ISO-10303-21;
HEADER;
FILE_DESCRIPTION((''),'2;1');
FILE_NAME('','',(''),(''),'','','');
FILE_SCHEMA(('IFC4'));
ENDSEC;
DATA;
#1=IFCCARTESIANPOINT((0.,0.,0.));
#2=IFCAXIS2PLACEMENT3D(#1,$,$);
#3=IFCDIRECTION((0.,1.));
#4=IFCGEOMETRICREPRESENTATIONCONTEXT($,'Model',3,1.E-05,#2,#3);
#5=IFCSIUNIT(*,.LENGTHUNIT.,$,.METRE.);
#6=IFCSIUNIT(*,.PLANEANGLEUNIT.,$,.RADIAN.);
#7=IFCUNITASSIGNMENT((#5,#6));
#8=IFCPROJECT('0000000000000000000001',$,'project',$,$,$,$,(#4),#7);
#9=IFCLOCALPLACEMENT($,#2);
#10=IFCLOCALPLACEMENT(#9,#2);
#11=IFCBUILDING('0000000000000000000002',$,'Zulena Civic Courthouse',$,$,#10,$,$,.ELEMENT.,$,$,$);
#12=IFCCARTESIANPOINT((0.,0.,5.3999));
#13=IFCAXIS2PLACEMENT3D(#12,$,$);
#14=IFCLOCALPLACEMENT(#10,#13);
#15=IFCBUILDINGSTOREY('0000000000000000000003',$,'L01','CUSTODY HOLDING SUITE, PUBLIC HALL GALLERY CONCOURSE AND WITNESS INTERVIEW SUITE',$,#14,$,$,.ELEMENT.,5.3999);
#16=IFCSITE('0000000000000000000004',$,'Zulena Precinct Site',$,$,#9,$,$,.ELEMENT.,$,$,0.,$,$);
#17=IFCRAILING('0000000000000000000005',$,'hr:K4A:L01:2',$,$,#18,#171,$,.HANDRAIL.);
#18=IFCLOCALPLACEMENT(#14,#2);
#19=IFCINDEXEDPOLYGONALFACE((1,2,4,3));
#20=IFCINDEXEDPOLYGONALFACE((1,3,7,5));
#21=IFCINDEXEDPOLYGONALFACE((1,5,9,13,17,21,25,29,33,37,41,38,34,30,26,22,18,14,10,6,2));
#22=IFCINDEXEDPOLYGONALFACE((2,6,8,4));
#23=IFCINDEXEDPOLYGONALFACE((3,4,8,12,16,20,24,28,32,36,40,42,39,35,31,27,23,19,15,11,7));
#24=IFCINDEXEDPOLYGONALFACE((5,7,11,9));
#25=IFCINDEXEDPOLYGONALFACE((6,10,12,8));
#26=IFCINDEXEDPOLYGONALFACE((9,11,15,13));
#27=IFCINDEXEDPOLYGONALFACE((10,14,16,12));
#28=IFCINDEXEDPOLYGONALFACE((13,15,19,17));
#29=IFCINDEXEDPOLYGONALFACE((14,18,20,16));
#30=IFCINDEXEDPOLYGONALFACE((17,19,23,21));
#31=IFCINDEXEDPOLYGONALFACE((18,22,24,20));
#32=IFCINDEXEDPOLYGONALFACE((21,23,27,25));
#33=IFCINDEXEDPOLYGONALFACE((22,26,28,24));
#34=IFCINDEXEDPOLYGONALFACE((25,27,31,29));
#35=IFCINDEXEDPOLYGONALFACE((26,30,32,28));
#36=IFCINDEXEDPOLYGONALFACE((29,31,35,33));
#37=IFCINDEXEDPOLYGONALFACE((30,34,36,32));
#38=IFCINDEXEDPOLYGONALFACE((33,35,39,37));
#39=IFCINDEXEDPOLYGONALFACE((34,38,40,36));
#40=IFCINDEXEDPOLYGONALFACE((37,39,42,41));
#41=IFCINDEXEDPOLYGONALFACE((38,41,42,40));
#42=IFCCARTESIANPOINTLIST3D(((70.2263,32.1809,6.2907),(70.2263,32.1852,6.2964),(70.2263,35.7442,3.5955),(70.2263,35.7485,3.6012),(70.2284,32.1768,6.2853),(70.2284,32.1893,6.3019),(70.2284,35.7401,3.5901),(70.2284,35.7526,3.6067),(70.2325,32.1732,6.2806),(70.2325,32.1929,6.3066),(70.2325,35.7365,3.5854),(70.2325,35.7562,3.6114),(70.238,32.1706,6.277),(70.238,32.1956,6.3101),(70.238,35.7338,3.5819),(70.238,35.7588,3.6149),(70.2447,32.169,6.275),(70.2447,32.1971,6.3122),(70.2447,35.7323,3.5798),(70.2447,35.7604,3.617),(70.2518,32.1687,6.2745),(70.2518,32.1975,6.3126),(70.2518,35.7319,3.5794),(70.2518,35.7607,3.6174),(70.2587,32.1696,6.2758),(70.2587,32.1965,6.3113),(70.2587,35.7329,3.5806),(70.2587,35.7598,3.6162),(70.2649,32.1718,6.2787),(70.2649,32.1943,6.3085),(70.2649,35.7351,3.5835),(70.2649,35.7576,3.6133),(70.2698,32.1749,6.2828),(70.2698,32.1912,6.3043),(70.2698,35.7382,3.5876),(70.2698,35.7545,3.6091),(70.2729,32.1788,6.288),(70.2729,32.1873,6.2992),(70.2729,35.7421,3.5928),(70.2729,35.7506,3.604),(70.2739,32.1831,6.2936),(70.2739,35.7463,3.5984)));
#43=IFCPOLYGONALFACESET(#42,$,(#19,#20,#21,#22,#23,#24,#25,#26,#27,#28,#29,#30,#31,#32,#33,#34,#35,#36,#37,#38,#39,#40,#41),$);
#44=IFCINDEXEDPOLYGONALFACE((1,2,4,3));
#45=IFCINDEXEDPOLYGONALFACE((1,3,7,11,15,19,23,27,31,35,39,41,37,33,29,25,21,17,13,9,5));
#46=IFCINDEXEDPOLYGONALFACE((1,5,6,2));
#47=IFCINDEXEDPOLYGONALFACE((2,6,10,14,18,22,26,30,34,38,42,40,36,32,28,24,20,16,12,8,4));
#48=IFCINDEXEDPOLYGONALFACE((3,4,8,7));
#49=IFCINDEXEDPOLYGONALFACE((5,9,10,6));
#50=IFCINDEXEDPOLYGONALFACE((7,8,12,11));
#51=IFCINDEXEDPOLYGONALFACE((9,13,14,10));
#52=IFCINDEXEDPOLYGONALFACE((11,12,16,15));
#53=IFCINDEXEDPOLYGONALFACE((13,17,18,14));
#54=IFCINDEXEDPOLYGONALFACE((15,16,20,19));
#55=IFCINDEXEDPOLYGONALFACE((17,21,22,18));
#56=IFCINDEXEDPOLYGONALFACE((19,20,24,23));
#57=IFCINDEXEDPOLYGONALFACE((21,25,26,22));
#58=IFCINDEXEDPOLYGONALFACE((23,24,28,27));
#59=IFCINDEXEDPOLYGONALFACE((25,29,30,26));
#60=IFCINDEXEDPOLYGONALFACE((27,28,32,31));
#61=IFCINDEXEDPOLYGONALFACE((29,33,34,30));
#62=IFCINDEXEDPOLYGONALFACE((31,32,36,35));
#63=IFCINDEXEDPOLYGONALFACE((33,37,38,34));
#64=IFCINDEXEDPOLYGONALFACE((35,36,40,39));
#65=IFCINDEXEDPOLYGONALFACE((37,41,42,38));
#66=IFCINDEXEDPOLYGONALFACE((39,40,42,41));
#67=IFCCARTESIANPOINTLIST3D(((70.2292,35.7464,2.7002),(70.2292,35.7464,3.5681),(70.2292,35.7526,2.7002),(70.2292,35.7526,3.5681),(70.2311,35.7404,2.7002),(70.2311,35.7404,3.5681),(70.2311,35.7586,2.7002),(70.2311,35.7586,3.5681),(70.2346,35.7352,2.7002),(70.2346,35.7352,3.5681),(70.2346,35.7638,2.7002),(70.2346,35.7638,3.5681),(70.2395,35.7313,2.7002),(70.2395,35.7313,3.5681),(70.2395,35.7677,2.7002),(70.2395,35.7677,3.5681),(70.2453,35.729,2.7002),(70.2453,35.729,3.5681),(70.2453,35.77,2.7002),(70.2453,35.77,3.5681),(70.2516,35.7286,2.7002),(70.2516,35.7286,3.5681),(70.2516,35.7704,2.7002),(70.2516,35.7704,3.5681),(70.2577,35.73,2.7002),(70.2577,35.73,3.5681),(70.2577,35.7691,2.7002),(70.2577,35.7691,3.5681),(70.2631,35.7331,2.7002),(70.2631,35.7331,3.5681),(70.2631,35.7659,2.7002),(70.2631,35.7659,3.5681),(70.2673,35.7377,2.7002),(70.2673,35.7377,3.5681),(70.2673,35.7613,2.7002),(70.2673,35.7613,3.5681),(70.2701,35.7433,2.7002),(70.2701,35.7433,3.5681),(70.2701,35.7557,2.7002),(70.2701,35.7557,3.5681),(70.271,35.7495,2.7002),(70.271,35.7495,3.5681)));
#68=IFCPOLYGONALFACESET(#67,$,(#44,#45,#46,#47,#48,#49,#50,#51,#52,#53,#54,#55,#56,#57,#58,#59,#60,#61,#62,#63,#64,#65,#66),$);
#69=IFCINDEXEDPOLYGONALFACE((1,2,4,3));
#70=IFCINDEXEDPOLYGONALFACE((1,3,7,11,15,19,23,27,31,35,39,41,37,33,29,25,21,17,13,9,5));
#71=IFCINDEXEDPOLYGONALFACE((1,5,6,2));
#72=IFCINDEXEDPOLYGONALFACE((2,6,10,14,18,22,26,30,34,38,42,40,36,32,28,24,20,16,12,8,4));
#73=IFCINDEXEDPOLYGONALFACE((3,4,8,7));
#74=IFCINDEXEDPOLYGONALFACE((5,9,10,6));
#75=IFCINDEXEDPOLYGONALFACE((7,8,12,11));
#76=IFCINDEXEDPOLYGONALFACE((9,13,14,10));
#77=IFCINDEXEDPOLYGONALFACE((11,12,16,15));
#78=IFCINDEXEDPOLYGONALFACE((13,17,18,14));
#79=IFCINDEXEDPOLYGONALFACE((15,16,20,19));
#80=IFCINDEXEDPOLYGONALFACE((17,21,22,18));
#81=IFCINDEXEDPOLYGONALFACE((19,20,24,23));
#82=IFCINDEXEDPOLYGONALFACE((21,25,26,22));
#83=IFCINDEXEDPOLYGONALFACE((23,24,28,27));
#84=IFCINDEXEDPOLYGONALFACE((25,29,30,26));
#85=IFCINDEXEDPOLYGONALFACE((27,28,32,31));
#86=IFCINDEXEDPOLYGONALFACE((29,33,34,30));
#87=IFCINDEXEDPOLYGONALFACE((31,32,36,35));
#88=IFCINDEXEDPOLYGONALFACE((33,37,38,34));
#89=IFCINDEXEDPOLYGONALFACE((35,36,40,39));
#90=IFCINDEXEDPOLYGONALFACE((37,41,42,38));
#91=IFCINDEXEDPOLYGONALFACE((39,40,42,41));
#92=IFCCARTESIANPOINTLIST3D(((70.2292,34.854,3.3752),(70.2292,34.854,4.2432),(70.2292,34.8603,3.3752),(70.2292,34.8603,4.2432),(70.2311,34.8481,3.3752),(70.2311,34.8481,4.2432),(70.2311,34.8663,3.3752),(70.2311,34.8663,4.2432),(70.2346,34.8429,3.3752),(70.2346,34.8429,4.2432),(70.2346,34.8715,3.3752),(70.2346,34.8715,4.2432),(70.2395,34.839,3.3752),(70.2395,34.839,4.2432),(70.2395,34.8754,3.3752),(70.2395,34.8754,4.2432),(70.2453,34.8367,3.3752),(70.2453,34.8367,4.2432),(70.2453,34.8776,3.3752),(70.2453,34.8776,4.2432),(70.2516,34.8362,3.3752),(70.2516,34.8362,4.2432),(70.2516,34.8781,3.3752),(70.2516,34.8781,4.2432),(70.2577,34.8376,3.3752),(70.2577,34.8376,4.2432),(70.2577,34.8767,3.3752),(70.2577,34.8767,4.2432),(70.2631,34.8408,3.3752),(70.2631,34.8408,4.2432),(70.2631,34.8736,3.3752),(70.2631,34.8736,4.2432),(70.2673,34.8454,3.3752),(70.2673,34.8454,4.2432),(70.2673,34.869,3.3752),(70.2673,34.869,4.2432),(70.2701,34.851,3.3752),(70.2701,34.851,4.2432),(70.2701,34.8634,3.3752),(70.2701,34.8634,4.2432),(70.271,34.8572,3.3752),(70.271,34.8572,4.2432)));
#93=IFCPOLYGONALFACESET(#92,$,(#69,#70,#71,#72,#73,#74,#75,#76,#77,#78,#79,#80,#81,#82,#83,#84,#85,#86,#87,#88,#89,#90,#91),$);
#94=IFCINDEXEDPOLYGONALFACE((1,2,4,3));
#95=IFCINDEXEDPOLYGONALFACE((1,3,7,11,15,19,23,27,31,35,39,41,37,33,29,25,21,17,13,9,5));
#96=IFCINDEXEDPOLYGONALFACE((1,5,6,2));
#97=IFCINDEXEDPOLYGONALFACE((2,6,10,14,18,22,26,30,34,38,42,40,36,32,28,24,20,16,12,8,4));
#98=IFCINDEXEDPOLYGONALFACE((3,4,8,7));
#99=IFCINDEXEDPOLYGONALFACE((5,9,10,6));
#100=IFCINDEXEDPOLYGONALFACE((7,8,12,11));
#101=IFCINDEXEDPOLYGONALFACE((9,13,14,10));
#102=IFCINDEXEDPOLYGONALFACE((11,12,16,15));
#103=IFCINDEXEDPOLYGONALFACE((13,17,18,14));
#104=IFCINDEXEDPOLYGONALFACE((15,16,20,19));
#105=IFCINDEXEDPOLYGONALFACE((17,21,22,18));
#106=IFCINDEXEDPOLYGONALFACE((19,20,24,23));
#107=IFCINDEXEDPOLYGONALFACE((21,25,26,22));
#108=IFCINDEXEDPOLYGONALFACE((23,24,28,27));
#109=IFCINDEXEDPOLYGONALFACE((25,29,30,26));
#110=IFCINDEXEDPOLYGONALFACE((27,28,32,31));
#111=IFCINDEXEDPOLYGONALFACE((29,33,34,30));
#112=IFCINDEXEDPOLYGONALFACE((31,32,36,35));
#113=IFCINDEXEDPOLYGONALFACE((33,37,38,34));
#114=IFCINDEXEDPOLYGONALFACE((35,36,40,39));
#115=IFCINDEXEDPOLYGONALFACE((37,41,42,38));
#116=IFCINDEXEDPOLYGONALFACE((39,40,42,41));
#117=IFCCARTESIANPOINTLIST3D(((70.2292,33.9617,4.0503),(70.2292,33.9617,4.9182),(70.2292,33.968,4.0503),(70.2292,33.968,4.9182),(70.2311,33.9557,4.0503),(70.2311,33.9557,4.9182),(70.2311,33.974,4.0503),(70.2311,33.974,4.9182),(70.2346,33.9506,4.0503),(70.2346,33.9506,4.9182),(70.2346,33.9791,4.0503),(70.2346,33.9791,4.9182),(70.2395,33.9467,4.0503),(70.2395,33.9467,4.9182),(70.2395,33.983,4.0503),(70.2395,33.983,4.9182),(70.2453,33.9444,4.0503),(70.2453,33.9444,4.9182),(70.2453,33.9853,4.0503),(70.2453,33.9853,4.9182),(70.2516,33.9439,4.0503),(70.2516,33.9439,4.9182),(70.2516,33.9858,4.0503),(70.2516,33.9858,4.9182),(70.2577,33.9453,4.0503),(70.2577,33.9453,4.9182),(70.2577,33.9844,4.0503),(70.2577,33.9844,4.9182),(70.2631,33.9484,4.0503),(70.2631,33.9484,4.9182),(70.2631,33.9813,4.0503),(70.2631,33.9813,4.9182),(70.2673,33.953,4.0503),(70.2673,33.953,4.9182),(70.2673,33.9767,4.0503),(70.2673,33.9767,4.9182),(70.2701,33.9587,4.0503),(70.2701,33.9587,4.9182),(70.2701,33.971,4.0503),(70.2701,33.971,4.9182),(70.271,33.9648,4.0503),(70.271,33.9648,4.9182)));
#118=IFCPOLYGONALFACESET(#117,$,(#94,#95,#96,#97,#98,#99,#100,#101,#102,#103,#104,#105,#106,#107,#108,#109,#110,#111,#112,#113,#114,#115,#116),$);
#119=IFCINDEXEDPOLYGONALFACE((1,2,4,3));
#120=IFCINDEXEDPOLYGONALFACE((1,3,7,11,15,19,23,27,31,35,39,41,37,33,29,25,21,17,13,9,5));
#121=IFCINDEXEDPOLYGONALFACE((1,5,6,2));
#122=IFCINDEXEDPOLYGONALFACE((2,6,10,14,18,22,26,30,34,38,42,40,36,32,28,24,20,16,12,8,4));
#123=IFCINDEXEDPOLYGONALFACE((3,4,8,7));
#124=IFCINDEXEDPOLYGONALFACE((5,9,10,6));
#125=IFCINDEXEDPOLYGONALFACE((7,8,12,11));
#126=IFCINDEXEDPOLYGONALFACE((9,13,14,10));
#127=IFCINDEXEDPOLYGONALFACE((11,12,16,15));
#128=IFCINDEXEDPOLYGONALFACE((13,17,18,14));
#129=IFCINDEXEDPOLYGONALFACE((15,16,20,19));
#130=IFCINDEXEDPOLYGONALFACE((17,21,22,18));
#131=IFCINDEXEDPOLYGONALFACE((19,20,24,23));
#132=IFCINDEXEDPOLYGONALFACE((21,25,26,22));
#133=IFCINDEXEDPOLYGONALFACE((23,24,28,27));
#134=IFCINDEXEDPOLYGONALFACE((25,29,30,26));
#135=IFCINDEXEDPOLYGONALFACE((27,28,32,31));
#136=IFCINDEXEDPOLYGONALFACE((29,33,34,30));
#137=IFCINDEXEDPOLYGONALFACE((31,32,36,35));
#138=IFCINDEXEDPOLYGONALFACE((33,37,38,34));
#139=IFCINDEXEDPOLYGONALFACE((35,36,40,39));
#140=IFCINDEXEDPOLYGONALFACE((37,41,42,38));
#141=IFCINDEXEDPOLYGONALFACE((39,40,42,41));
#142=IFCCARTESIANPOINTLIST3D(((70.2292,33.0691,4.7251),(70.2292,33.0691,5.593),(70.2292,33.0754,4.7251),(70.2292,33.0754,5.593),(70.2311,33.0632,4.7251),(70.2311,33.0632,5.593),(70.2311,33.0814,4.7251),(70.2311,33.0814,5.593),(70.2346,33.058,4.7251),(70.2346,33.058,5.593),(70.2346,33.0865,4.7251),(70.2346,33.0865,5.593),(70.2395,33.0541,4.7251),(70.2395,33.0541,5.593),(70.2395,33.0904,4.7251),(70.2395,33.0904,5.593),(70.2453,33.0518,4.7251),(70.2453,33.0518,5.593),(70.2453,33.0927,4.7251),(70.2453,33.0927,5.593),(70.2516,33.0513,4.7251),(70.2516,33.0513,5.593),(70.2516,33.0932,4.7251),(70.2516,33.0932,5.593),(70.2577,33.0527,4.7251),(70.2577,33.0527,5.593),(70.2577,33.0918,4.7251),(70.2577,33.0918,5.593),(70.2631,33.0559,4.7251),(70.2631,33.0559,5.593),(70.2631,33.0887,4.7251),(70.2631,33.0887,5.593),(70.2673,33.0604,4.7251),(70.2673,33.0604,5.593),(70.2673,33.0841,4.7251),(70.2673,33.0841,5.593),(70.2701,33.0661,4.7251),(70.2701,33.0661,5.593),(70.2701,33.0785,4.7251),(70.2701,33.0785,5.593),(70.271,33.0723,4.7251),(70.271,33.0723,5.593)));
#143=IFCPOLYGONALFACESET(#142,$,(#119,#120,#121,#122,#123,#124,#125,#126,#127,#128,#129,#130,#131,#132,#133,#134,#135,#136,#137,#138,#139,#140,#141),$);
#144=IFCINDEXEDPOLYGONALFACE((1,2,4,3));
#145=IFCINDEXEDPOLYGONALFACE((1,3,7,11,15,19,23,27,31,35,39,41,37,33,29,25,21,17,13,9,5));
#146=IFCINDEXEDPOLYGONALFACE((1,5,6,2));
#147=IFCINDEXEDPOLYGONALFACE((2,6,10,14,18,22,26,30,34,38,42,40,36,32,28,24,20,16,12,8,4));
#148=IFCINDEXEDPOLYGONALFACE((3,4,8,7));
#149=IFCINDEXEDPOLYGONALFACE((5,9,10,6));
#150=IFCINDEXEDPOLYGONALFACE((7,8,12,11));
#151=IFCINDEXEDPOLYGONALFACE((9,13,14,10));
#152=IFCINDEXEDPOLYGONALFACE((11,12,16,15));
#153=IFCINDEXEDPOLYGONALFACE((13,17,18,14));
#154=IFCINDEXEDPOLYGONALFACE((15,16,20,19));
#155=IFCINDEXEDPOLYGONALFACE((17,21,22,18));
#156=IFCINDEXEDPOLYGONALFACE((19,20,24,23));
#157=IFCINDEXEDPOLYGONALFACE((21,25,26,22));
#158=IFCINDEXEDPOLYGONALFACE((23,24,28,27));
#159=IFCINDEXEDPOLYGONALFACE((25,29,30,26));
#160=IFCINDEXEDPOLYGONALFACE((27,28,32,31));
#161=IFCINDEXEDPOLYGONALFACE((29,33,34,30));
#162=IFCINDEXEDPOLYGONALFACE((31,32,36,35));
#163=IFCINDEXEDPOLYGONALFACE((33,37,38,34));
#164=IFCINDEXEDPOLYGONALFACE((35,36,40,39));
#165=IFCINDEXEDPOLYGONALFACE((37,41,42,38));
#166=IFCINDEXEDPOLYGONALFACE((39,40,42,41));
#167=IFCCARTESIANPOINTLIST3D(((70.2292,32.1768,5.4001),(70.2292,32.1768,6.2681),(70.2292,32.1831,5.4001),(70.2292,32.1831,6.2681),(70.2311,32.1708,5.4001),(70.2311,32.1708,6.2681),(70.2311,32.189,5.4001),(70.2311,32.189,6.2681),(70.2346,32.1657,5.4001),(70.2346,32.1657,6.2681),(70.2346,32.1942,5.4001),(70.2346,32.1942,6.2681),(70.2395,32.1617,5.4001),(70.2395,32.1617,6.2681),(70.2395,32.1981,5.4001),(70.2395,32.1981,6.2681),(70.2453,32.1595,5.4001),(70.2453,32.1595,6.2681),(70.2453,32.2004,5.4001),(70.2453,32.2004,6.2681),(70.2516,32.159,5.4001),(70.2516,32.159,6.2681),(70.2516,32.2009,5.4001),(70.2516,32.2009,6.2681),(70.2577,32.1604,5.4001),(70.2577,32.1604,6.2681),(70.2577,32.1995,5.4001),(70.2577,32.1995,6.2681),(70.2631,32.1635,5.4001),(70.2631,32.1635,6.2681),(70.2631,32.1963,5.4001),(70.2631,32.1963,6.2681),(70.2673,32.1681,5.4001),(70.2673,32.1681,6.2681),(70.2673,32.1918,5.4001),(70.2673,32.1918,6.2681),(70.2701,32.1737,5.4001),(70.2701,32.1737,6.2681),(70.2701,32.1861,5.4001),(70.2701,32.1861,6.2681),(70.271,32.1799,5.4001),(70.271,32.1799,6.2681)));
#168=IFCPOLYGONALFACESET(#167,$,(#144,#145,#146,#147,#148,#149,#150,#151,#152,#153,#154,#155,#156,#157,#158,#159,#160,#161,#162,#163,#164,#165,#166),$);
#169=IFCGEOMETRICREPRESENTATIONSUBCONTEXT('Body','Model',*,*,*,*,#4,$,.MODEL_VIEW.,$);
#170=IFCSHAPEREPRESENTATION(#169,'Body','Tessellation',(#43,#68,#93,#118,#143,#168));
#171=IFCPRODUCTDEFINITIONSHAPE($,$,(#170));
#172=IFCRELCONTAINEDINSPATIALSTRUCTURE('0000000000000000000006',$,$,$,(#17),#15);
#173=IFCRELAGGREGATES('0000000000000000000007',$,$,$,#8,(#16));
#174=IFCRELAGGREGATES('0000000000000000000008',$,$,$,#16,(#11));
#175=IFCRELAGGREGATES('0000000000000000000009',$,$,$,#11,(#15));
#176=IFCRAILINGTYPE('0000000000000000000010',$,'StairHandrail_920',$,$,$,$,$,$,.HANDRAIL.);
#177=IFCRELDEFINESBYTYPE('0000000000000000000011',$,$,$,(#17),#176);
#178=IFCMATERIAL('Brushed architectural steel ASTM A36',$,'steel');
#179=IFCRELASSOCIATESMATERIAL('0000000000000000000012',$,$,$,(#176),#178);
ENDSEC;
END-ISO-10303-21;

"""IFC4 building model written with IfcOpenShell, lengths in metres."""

from ifc_helpers import new_model, si_unit, direction, frame, origin, origin_2d, place, context, subcontext, project, spatial, circle, extrude, material, type_object, element, save


model = new_model("IFC4")

# Units and contexts
model_context = context("Model", 3, precision=1e-05, world=origin(), true_north=direction((0.0, 1.0)))
body_context = subcontext(model_context, "Body", "Model", "MODEL_VIEW")
ifc_project = project(units=[si_unit("LENGTHUNIT", "METRE"), si_unit("PLANEANGLEUNIT", "RADIAN")], contexts=[model_context])

# Site, building, storey
site_placement = place(None, origin())
site = spatial("IfcSite", under=ifc_project, at=site_placement, Name="Zulena Precinct Site", CompositionType="ELEMENT", RefElevation=0.0)
building_placement = place(site_placement, origin())
building = spatial("IfcBuilding", under=site, at=building_placement, Name="Zulena Civic Courthouse", CompositionType="ELEMENT")
storey_placement = place(building_placement, frame((0.0, 0.0, 5.3999)))
storey = spatial("IfcBuildingStorey", under=building, at=storey_placement, Name="L01", Description="CUSTODY HOLDING SUITE, PUBLIC HALL GALLERY CONCOURSE AND WITNESS INTERVIEW SUITE", CompositionType="ELEMENT", Elevation=5.3999)

# Railing
ifc_material_1 = material(Name="Brushed architectural steel ASTM A36", Category="steel")
railing_type_1 = type_object("IfcRailingType", Name="StairHandrail_920", PredefinedType="HANDRAIL", material=ifc_material_1)
railing_1_placement = place(storey_placement, frame((70.25, 35.7495, 2.7002)))
element("IfcRailing", 1, at=railing_1_placement, inside=storey, type_object=railing_type_1, Name="hr:K4A:L01:2", PredefinedType="HANDRAIL", context=body_context, shape_type="SweptSolid", body=[
    extrude(circle(Radius=0.0239, at=origin_2d()), frame((0.0, -0.0032, 0.8982), z_axis=(0.0, -0.797552, 0.60325), x_axis=(1.0, 0.0, 0.0)), (0.0, 0.0, 1.0), 4.4678),
    extrude(circle(Radius=0.021, at=origin_2d()), origin(), (0.0, 0.0, 1.0), 0.8679),
    extrude(circle(Radius=0.021, at=origin_2d()), frame((0.0, -0.8923, 0.675)), (0.0, 0.0, 1.0), 0.8679),
    extrude(circle(Radius=0.021, at=origin_2d()), frame((0.0, -1.7847, 1.3501)), (0.0, 0.0, 1.0), 0.8679),
    extrude(circle(Radius=0.021, at=origin_2d()), frame((0.0, -2.6772, 2.0249)), (0.0, 0.0, 1.0), 0.8679),
    extrude(circle(Radius=0.021, at=origin_2d()), frame((0.0, -3.5696, 2.7)), (0.0, 0.0, 1.0), 0.8679),
])

save(model, "model.ifc")
